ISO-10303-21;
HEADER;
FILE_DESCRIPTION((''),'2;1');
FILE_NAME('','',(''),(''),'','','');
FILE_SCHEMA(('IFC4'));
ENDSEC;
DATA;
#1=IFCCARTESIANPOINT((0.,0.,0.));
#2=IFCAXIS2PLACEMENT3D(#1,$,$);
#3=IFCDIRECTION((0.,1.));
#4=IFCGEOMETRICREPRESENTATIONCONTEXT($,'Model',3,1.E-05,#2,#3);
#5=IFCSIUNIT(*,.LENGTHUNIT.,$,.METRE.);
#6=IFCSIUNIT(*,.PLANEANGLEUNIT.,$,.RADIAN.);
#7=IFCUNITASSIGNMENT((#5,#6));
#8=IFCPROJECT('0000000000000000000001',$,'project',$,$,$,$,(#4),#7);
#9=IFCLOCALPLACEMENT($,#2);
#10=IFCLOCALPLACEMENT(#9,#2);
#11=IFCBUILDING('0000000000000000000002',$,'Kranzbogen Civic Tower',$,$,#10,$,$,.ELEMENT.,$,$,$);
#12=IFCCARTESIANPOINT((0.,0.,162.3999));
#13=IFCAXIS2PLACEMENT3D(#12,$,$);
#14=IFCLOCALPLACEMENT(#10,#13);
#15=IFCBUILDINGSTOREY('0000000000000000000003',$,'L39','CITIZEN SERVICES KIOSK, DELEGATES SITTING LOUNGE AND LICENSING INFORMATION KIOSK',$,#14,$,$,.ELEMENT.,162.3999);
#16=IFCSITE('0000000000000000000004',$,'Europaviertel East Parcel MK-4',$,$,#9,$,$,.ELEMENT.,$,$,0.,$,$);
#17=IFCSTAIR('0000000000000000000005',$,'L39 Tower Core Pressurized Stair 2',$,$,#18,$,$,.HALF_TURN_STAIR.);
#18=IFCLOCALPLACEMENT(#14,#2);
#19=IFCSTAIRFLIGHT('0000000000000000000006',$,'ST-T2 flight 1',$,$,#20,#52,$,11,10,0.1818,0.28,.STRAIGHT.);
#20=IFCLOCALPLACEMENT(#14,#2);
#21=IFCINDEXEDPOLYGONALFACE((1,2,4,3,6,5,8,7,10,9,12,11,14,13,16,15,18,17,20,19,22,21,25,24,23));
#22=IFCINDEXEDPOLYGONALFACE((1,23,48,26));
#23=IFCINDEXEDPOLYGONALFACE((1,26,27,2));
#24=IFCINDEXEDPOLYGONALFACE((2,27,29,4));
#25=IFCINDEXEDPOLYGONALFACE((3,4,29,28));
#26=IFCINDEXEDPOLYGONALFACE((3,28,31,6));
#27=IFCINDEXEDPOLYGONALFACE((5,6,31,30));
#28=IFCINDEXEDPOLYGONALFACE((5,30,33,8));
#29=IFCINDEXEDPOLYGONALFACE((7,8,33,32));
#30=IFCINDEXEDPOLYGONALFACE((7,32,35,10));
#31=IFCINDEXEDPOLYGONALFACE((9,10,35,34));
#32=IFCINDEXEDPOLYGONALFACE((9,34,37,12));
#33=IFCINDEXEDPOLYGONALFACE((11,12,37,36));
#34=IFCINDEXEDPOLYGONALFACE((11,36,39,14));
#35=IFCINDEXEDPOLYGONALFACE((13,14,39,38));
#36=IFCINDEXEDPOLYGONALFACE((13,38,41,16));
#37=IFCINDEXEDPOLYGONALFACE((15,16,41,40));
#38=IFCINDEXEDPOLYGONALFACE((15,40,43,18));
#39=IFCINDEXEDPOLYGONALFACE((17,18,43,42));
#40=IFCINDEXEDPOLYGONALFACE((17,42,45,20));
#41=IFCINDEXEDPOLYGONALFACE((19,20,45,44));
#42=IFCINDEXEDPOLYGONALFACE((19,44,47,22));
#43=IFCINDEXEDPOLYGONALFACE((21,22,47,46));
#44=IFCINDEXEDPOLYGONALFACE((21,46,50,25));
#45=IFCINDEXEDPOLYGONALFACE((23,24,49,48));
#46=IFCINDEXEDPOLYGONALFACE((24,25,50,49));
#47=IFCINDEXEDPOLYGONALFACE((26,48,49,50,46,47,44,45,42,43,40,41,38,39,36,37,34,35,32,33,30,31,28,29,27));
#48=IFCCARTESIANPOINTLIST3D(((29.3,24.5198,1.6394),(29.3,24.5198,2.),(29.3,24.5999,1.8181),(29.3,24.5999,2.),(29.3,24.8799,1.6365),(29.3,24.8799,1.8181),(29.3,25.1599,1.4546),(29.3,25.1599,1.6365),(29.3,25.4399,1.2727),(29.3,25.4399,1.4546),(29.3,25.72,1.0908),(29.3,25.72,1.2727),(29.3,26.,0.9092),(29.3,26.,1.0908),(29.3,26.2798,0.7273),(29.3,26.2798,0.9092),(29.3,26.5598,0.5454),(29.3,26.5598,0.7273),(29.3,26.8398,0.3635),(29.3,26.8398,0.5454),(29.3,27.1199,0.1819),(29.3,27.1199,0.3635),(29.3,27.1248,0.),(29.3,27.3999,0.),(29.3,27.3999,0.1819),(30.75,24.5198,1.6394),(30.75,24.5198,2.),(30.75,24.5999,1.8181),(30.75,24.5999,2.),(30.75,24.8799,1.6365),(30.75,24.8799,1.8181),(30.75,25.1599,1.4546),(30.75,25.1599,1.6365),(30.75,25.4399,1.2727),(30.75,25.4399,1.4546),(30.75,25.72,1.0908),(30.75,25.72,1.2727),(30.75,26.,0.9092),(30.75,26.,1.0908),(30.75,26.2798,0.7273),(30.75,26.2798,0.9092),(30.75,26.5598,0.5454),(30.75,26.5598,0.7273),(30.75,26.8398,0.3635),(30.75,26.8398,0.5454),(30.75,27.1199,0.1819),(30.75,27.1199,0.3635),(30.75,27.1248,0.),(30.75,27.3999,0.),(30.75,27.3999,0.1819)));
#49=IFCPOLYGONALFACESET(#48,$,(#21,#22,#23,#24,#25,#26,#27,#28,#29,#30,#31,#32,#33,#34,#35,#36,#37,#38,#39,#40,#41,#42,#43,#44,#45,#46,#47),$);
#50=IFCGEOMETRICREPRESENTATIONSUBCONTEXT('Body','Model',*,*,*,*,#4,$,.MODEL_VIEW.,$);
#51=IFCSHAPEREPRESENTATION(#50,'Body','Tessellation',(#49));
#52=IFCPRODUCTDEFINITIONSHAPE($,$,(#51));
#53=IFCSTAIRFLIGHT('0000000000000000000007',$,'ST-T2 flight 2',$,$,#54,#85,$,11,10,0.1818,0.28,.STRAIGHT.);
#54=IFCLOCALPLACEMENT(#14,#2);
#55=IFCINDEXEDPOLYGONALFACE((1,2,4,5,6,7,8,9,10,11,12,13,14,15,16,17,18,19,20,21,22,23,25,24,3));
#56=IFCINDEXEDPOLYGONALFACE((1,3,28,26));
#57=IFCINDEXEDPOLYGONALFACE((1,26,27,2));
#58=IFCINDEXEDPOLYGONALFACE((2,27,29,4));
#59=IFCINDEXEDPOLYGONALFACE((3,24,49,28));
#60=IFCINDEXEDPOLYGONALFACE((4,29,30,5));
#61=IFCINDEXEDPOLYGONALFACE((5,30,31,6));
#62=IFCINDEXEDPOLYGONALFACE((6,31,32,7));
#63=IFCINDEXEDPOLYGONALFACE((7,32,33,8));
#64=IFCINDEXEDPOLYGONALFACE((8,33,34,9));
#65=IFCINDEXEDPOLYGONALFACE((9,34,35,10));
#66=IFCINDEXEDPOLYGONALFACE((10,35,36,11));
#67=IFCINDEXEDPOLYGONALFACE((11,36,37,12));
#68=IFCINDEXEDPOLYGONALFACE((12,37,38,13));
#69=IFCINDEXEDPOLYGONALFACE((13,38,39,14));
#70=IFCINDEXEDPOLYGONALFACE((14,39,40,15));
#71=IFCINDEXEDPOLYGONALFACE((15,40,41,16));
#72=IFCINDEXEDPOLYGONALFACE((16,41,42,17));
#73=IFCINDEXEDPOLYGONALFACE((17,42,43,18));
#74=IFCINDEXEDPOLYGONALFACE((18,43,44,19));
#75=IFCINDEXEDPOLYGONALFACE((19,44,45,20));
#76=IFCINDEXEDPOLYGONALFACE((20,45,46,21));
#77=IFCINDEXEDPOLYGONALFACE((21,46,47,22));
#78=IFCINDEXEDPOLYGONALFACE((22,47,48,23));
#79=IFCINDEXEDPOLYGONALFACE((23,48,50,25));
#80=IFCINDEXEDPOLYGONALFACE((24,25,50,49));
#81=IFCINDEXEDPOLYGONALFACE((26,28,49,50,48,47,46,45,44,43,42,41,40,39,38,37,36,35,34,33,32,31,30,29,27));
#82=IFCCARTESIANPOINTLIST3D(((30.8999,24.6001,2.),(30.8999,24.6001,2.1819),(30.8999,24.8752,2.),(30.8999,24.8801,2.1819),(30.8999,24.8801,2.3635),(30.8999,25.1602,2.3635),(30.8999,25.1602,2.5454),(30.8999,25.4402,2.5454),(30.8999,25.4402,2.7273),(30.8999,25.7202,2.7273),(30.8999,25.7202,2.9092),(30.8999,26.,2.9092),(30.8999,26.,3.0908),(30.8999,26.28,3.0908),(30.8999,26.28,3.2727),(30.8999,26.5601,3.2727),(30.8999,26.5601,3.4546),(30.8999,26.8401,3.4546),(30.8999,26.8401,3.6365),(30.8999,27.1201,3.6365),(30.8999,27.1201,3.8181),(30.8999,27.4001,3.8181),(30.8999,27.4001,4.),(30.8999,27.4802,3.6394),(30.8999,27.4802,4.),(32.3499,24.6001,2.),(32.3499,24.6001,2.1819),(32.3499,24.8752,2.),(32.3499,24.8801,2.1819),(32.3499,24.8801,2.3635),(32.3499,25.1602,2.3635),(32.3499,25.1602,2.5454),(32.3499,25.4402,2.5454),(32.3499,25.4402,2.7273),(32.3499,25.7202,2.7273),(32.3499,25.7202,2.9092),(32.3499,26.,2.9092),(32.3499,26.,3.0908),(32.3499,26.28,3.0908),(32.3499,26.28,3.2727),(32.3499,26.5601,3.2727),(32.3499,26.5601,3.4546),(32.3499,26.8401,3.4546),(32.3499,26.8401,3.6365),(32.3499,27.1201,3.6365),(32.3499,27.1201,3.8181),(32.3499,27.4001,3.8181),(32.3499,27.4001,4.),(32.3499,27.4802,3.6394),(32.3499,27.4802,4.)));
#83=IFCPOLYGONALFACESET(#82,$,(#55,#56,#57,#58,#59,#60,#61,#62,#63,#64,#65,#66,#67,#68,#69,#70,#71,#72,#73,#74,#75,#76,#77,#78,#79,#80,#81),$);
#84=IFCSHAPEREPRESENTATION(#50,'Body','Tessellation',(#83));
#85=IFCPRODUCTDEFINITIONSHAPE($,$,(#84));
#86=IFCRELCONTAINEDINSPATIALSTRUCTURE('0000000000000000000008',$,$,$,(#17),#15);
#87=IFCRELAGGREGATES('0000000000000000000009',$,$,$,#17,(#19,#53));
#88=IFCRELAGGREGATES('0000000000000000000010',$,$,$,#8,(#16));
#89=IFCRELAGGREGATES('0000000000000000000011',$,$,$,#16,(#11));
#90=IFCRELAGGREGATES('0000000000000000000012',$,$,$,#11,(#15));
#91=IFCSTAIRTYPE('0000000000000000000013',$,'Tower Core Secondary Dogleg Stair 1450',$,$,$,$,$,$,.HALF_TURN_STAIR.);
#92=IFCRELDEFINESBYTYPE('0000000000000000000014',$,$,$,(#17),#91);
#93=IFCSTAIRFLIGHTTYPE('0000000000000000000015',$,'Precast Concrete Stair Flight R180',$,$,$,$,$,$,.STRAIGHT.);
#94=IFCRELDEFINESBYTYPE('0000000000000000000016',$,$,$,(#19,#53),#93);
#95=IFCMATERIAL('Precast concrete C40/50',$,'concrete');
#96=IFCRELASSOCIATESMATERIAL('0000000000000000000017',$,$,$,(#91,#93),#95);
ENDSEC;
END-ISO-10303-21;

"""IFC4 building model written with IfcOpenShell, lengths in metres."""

from ifc_helpers import new_model, si_unit, direction, frame, origin, place, context, subcontext, project, spatial, polyline, outline, extrude, material, type_object, element, aggregate, save


model = new_model("IFC4")

# Units and contexts
model_context = context("Model", 3, precision=1e-05, world=origin(), true_north=direction((0.0, 1.0)))
body_context = subcontext(model_context, "Body", "Model", "MODEL_VIEW")
ifc_project = project(units=[si_unit("LENGTHUNIT", "METRE"), si_unit("PLANEANGLEUNIT", "RADIAN")], contexts=[model_context])

# Site, building, storey
site_placement = place(None, origin())
site = spatial("IfcSite", under=ifc_project, at=site_placement, Name="Europaviertel East Parcel MK-4", CompositionType="ELEMENT", RefElevation=0.0)
building_placement = place(site_placement, origin())
building = spatial("IfcBuilding", under=site, at=building_placement, Name="Kranzbogen Civic Tower", CompositionType="ELEMENT")
storey_placement = place(building_placement, frame((0.0, 0.0, 162.3999)))
storey = spatial("IfcBuildingStorey", under=building, at=storey_placement, Name="L39", Description="CITIZEN SERVICES KIOSK, DELEGATES SITTING LOUNGE AND LICENSING INFORMATION KIOSK", CompositionType="ELEMENT", Elevation=162.3999)

# Stair, stair flights
ifc_material_1 = material(Name="Precast concrete C40/50", Category="concrete")
stair_type = type_object("IfcStairType", Name="Tower Core Secondary Dogleg Stair 1450", PredefinedType="HALF_TURN_STAIR", material=ifc_material_1)
stair_placement = place(storey_placement, origin())
stair = element("IfcStair", 1, at=stair_placement, inside=storey, type_object=stair_type, Name="L39 Tower Core Pressurized Stair 2", PredefinedType="HALF_TURN_STAIR")
stair_flight_type = type_object("IfcStairFlightType", Name="Precast Concrete Stair Flight R180", PredefinedType="STRAIGHT", material=ifc_material_1)
stair_flight_1_placement = place(storey_placement, frame((30.0249, 27.3999, 0.0), z_axis=(0.0, 0.0, 1.0), x_axis=(0.0, -1.0, 0.0)))
stair_flight_1 = element("IfcStairFlight", 2, at=stair_flight_1_placement, type_object=stair_flight_type, Name="ST-T2 flight 1", NumberOfRisers=11, NumberOfTreads=10, PredefinedType="STRAIGHT", RiserHeight=0.1818, TreadLength=0.28, context=body_context, shape_type="SweptSolid", body=[
    extrude(outline(polyline([(0.0, 0.0), (0.0, 0.1819), (0.28, 0.1819), (0.28, 0.3635), (0.5601, 0.3635), (0.5601, 0.5454), (0.8401, 0.5454), (0.8401, 0.7273), (1.1201, 0.7273), (1.1201, 0.9092), (1.3999, 0.9092), (1.3999, 1.0908), (1.6799, 1.0908), (1.6799, 1.2727), (1.96, 1.2727), (1.96, 1.4546), (2.24, 1.4546), (2.24, 1.6365), (2.52, 1.6365), (2.52, 1.8181), (2.8, 1.8181), (2.8, 2.0), (2.8801, 2.0), (2.8801, 1.6394), (0.2751, 0.0), (0.0, 0.0)])), frame((0.0, 0.7251, 0.0), z_axis=(0.0, -1.0, 0.0), x_axis=(1.0, 0.0, 0.0)), (0.0, 0.0, 1.0), 1.45),
])
stair_flight_2_placement = place(storey_placement, frame((31.625, 24.6001, 2.0), z_axis=(0.0, 0.0, 1.0), x_axis=(0.0, 1.0, 0.0)))
stair_flight_2 = element("IfcStairFlight", 3, at=stair_flight_2_placement, type_object=stair_flight_type, Name="ST-T2 flight 2", NumberOfRisers=11, NumberOfTreads=10, PredefinedType="STRAIGHT", RiserHeight=0.1818, TreadLength=0.28, context=body_context, shape_type="SweptSolid", body=[
    extrude(outline(polyline([(0.0, 0.0), (0.0, 0.1819), (0.28, 0.1819), (0.28, 0.3635), (0.5601, 0.3635), (0.5601, 0.5454), (0.8401, 0.5454), (0.8401, 0.7273), (1.1201, 0.7273), (1.1201, 0.9092), (1.3999, 0.9092), (1.3999, 1.0908), (1.6799, 1.0908), (1.6799, 1.2727), (1.96, 1.2727), (1.96, 1.4546), (2.24, 1.4546), (2.24, 1.6365), (2.52, 1.6365), (2.52, 1.8181), (2.8, 1.8181), (2.8, 2.0), (2.8801, 2.0), (2.8801, 1.6394), (0.2751, 0.0), (0.0, 0.0)])), frame((0.0, 0.7251, 0.0), z_axis=(0.0, -1.0, 0.0), x_axis=(1.0, 0.0, 0.0)), (0.0, 0.0, 1.0), 1.45),
])
aggregate(stair, [stair_flight_1, stair_flight_2])

save(model, "model.ifc")
